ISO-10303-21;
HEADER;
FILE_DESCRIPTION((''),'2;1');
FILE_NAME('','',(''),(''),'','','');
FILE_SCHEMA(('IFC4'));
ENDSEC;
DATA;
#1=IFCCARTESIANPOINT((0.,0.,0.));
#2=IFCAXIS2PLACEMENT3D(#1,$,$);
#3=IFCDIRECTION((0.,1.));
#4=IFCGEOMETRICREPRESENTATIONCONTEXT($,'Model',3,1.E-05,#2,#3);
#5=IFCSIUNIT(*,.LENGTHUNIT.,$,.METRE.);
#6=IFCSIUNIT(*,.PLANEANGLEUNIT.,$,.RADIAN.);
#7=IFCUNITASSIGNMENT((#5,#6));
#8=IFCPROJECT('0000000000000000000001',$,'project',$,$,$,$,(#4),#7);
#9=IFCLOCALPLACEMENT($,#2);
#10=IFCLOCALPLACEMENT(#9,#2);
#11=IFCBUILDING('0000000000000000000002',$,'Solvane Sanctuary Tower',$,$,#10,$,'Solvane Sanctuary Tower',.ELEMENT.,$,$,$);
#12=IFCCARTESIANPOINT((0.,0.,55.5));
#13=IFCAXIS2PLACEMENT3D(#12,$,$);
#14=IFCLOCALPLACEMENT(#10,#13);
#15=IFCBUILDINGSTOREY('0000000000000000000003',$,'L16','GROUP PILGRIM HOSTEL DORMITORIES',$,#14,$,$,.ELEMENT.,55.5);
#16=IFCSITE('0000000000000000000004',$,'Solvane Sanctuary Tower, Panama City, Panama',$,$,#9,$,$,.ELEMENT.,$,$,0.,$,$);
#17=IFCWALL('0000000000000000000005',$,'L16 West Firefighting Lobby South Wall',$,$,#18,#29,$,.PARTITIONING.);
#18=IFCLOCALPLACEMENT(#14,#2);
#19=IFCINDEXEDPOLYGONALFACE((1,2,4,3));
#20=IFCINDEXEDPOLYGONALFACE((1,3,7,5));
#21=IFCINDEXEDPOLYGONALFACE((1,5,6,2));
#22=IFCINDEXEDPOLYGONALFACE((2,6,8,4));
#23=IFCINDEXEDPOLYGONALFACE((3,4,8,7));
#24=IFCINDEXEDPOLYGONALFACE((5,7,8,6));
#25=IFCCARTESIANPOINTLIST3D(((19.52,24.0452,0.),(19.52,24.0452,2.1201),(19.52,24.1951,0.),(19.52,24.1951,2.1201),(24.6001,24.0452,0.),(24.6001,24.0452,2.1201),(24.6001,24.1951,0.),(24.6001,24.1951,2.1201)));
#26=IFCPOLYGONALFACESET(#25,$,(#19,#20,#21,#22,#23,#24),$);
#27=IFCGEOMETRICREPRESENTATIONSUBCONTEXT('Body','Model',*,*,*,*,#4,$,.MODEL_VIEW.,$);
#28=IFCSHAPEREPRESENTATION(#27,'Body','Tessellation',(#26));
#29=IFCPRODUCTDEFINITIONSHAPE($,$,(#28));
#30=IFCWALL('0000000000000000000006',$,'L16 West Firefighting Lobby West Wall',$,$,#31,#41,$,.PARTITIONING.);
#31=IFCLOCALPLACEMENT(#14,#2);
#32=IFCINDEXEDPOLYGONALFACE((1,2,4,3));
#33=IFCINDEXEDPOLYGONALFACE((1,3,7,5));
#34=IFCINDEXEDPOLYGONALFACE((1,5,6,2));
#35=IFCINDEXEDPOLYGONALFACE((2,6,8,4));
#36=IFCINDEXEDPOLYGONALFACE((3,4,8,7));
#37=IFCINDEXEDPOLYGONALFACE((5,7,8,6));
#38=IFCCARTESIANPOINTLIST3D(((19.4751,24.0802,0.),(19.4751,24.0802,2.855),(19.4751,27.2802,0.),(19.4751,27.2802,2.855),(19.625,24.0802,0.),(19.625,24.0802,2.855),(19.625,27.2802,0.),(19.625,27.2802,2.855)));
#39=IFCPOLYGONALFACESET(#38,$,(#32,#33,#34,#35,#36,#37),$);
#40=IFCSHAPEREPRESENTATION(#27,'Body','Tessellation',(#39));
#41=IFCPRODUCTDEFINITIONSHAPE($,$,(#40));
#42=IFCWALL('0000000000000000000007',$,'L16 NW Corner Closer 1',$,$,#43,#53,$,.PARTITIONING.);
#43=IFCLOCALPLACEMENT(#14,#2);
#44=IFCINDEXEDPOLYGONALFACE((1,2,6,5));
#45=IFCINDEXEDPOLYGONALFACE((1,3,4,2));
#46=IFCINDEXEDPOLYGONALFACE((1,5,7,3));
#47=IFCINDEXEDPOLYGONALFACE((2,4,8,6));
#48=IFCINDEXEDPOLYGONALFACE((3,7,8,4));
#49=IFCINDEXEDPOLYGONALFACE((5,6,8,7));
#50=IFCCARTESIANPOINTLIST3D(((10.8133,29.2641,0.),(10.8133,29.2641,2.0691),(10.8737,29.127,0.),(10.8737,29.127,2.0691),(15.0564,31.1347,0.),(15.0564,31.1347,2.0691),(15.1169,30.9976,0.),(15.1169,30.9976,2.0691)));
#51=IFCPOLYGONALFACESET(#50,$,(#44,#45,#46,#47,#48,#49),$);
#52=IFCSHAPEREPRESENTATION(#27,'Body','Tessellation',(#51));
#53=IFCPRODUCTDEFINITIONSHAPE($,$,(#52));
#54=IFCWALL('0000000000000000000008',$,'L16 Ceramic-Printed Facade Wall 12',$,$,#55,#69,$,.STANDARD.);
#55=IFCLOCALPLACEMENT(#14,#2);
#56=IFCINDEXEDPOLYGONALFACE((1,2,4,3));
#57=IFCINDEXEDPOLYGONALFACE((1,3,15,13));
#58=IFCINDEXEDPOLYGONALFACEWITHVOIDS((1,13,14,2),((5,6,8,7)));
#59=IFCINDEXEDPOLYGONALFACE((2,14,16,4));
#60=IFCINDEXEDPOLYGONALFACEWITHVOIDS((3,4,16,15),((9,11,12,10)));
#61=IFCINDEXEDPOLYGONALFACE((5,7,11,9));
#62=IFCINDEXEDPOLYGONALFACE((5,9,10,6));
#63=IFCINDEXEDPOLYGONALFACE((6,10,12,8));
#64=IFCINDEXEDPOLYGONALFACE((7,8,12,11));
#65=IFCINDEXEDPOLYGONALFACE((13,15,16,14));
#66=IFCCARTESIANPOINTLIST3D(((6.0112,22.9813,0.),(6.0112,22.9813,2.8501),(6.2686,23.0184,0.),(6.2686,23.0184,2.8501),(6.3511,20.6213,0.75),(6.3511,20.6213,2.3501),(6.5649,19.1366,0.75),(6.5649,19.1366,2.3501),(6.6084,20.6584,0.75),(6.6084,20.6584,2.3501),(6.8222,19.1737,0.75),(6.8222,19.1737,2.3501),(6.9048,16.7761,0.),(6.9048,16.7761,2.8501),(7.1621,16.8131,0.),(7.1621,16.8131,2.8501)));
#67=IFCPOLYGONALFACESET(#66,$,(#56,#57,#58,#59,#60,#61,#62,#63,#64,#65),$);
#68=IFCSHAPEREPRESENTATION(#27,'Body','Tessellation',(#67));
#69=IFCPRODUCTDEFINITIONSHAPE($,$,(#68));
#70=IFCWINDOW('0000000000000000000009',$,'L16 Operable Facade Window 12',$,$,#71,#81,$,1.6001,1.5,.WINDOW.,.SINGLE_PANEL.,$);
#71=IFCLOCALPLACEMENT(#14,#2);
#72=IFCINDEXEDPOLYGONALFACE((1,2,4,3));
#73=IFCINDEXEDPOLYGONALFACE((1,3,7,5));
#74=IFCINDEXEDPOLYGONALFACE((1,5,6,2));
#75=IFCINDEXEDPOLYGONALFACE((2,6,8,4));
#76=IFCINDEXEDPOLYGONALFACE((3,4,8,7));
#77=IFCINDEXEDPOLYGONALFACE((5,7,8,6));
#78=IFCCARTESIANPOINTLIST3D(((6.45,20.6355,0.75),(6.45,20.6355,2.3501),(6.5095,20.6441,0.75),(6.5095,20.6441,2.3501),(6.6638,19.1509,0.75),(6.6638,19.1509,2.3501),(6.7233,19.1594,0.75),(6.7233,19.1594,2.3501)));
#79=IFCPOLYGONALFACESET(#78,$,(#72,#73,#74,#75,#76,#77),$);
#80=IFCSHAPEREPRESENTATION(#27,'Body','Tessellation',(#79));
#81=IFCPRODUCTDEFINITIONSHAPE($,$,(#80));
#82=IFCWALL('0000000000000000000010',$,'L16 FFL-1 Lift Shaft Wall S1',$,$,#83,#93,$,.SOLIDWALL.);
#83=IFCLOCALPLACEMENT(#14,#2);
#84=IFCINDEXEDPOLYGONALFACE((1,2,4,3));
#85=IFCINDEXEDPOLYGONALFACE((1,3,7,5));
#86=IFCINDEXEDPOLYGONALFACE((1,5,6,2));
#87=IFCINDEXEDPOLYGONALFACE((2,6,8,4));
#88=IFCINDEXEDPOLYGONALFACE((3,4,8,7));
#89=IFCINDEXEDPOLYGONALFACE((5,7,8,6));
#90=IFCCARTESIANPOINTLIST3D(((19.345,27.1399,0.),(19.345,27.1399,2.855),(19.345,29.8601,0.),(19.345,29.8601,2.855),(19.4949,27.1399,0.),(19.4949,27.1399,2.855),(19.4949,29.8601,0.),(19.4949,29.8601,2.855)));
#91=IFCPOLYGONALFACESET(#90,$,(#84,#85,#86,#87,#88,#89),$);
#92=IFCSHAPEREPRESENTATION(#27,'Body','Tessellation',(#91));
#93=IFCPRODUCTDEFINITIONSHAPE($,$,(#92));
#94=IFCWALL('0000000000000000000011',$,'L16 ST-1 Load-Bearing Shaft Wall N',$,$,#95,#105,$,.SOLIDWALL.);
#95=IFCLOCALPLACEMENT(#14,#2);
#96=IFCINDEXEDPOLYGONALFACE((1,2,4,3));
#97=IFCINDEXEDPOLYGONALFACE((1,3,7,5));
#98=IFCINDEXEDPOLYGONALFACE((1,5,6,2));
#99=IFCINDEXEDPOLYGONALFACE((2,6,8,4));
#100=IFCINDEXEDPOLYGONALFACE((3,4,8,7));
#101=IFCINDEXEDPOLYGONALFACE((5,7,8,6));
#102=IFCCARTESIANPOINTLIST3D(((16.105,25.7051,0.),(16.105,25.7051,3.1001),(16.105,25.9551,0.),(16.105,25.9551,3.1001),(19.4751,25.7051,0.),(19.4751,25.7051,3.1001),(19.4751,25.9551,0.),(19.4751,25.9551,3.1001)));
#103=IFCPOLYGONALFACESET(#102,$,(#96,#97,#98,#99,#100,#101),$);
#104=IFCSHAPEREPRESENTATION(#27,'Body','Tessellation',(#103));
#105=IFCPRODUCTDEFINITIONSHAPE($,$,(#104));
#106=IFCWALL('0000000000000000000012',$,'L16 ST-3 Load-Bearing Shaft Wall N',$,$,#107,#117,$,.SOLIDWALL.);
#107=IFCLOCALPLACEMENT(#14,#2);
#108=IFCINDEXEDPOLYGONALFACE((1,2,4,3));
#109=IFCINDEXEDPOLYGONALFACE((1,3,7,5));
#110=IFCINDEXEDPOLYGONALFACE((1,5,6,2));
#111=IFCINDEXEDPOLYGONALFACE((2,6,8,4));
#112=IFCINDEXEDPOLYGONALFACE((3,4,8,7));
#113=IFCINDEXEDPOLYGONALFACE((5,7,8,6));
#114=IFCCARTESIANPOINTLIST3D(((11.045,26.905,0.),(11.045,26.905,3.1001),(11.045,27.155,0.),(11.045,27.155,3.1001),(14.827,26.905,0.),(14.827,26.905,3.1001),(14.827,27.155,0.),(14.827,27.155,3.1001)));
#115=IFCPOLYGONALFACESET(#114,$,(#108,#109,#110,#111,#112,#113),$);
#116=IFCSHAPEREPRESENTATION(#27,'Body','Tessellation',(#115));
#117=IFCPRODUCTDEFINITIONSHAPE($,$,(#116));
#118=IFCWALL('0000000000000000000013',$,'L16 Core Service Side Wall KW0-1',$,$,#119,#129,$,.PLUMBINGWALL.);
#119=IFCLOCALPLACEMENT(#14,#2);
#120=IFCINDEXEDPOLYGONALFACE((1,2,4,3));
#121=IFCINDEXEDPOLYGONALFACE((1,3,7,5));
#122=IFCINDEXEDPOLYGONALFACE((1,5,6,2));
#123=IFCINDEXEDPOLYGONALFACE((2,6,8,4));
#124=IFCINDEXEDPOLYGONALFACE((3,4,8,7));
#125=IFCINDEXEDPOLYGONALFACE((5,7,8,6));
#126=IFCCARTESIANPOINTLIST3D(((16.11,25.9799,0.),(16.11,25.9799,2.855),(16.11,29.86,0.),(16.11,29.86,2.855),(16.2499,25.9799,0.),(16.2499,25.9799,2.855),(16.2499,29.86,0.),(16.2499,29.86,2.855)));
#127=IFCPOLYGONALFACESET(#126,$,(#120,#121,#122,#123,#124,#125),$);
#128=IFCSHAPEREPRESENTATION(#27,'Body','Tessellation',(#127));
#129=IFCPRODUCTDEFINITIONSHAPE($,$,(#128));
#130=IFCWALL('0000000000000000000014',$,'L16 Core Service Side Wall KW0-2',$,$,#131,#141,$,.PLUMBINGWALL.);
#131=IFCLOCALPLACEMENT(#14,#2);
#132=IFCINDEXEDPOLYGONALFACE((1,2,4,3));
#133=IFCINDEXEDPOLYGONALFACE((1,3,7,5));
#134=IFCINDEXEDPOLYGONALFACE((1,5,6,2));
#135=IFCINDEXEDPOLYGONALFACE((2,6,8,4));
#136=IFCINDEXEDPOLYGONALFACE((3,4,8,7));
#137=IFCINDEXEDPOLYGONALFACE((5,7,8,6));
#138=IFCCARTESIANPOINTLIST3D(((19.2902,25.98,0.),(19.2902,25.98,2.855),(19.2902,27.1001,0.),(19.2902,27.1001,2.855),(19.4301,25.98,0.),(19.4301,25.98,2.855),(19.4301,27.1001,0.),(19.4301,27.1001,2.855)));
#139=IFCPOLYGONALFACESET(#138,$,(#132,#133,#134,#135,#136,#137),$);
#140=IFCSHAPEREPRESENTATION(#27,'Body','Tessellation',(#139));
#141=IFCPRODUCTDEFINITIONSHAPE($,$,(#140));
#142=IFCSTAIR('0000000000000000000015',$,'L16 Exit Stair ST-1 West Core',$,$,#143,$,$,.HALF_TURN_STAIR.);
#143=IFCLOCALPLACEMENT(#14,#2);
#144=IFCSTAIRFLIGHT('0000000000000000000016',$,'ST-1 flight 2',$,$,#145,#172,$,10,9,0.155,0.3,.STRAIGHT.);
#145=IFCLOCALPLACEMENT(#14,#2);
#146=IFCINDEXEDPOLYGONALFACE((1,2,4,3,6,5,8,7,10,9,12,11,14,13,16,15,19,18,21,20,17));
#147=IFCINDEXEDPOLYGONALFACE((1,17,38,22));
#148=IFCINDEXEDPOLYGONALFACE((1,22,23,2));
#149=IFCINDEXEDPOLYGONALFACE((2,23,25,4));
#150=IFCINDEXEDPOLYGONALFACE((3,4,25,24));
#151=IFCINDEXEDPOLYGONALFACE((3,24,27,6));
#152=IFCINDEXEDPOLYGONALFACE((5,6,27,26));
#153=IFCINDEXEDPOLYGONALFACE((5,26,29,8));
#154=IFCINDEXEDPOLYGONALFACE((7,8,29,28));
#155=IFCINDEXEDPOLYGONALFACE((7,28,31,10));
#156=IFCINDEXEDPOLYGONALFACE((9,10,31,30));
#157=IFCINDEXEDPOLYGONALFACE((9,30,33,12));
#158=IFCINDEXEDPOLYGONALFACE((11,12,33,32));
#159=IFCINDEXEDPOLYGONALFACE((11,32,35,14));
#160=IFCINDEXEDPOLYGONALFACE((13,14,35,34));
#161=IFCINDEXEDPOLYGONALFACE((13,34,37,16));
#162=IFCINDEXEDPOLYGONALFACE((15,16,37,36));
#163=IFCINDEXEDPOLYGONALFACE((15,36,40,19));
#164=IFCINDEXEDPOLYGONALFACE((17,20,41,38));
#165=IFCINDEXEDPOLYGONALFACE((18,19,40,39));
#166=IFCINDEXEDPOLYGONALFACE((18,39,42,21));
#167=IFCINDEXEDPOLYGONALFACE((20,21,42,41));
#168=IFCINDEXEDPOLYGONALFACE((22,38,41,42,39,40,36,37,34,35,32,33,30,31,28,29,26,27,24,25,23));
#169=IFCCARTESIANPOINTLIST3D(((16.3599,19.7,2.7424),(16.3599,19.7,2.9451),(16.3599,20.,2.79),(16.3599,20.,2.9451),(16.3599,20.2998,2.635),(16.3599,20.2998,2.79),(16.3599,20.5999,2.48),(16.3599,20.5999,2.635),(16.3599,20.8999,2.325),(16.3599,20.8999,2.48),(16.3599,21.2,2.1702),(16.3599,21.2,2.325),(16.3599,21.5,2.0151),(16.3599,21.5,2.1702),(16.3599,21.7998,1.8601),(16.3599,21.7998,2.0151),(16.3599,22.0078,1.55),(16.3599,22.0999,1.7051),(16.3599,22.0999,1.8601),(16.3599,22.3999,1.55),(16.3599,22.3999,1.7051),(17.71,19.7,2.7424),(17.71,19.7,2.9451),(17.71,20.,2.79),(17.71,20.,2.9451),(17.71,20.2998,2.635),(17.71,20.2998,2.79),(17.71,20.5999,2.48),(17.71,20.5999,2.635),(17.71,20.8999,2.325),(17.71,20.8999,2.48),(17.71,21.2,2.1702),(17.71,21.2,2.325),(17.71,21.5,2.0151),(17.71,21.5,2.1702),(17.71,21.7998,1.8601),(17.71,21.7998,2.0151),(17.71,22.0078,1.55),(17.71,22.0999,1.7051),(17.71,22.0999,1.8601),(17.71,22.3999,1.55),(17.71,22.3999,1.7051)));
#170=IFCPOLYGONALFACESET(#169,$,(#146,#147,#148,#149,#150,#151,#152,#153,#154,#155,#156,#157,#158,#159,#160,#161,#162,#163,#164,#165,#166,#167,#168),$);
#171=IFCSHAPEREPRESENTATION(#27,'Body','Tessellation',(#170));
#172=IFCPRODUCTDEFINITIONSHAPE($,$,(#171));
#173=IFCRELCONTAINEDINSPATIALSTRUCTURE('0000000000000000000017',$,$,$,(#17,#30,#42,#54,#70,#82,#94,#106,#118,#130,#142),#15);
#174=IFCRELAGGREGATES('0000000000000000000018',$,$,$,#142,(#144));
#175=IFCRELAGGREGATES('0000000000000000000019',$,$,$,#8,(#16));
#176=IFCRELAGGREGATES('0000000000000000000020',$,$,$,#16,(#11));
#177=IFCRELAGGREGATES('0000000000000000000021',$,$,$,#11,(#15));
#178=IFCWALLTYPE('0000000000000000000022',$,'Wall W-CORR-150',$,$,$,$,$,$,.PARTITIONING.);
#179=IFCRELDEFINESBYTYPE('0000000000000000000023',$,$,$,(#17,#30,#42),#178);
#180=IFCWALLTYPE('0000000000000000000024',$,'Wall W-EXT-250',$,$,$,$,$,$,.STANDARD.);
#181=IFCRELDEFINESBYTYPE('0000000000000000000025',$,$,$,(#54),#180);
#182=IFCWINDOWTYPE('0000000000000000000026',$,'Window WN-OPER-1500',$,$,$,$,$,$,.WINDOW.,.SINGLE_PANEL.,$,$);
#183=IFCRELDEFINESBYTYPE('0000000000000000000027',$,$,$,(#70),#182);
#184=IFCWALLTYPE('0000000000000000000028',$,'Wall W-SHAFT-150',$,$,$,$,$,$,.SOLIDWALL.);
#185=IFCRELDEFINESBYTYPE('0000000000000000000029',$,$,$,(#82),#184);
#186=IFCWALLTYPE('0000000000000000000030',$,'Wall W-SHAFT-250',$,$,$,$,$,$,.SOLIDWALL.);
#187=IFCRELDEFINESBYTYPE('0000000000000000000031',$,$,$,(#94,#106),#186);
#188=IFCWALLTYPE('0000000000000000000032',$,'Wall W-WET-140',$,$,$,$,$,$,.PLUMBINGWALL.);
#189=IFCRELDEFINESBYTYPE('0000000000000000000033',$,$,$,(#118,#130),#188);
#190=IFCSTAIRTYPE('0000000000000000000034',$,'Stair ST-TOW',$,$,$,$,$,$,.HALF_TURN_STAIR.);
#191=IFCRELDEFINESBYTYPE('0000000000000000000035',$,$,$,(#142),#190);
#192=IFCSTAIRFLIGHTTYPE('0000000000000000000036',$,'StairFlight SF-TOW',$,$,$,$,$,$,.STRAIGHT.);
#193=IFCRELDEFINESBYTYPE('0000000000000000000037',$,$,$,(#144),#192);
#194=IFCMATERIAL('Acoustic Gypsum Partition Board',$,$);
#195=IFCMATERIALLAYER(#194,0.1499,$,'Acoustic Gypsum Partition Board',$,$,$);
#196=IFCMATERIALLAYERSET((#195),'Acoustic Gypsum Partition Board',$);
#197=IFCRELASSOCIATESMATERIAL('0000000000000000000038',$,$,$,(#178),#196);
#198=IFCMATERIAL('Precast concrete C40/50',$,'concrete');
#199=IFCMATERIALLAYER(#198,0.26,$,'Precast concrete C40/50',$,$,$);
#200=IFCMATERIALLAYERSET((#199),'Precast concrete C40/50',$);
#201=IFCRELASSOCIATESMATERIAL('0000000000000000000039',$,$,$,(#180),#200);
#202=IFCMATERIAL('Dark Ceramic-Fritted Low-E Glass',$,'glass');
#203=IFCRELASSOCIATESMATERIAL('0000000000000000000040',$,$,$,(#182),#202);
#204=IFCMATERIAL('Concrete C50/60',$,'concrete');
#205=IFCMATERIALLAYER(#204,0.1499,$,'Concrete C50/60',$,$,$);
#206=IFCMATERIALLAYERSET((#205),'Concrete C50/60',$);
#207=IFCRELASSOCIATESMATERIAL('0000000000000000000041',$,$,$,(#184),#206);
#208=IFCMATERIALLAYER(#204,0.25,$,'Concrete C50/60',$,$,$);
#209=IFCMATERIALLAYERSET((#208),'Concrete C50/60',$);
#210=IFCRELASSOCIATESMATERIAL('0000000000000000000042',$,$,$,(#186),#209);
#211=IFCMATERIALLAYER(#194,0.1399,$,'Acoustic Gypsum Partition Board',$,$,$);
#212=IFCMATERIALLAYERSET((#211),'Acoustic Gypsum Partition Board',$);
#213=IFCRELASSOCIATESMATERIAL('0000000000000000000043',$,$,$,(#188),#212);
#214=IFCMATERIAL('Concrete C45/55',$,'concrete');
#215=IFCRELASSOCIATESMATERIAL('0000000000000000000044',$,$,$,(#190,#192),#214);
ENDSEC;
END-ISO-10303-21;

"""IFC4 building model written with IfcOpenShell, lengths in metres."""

from ifc_helpers import new_model, si_unit, direction, frame, frame_2d, origin, place, context, subcontext, project, spatial, polyline, rectangle, outline, extrude, material, layer, layer_set, type_object, element, fill, aggregate, save


model = new_model("IFC4")

# Units and contexts
model_context = context("Model", 3, precision=1e-05, world=origin(), true_north=direction((0.0, 1.0)))
body_context = subcontext(model_context, "Body", "Model", "MODEL_VIEW")
ifc_project = project(units=[si_unit("LENGTHUNIT", "METRE"), si_unit("PLANEANGLEUNIT", "RADIAN")], contexts=[model_context])

# Site, building, storey
site_placement = place(None, origin())
site = spatial("IfcSite", under=ifc_project, at=site_placement, Name="Solvane Sanctuary Tower, Panama City, Panama", CompositionType="ELEMENT", RefElevation=0.0)
building_placement = place(site_placement, origin())
building = spatial("IfcBuilding", under=site, at=building_placement, Name="Solvane Sanctuary Tower", LongName="Solvane Sanctuary Tower", CompositionType="ELEMENT")
storey_placement = place(building_placement, frame((0.0, 0.0, 55.5)))
storey = spatial("IfcBuildingStorey", under=building, at=storey_placement, Name="L16", Description="GROUP PILGRIM HOSTEL DORMITORIES", CompositionType="ELEMENT", Elevation=55.5)

# Walls
ifc_material_1 = material(Name="Acoustic Gypsum Partition Board")
ifc_layer_1 = layer(ifc_material_1, 0.1499, Name="Acoustic Gypsum Partition Board")
ifc_layer_set_1 = layer_set([ifc_layer_1], Name="Acoustic Gypsum Partition Board")
wall_type_1 = type_object("IfcWallType", Name="Wall W-CORR-150", PredefinedType="PARTITIONING", material=ifc_layer_set_1)
wall_1_placement = place(storey_placement, frame((19.52, 24.1201, 0.0), z_axis=(0.0, 0.0, 1.0), x_axis=(1.0, 0.0, 0.0)))
element("IfcWall", 1, at=wall_1_placement, inside=storey, type_object=wall_type_1, Name="L16 West Firefighting Lobby South Wall", PredefinedType="PARTITIONING", context=body_context, shape_type="SweptSolid", body=[
    extrude(rectangle(XDim=5.0801, YDim=0.1499, at=frame_2d((2.54, 0.0))), origin(), (0.0, 0.0, 1.0), 2.1201),
])
wall_2_placement = place(storey_placement, frame((19.55, 24.0801, 0.0), z_axis=(0.0, 0.0, 1.0), x_axis=(0.0, 1.0, 0.0)))
element("IfcWall", 2, at=wall_2_placement, inside=storey, type_object=wall_type_1, Name="L16 West Firefighting Lobby West Wall", PredefinedType="PARTITIONING", context=body_context, shape_type="SweptSolid", body=[
    extrude(rectangle(XDim=3.2, YDim=0.1499, at=frame_2d((1.6001, 0.0))), origin(), (0.0, 0.0, 1.0), 2.855),
])
wall_3_placement = place(storey_placement, frame((10.8435, 29.1956, 0.0), z_axis=(0.0, 0.0, 1.0), x_axis=(0.915028, 0.403391, 0.0)))
element("IfcWall", 3, at=wall_3_placement, inside=storey, type_object=wall_type_1, Name="L16 NW Corner Closer 1", PredefinedType="PARTITIONING", context=body_context, shape_type="SweptSolid", body=[
    extrude(rectangle(XDim=4.6372, YDim=0.1499, at=frame_2d((2.3186, 0.0))), origin(), (0.0, 0.0, 1.0), 2.0691),
])

# Wall, opening, window
ifc_material_2 = material(Name="Precast concrete C40/50", Category="concrete")
ifc_layer_2 = layer(ifc_material_2, 0.26, Name="Precast concrete C40/50")
ifc_layer_set_2 = layer_set([ifc_layer_2], Name="Precast concrete C40/50")
wall_type_2 = type_object("IfcWallType", Name="Wall W-EXT-250", PredefinedType="STANDARD", material=ifc_layer_set_2)
wall_4_placement = place(storey_placement, frame((6.1399, 23.0, 0.0), z_axis=(0.0, 0.0, 1.0), x_axis=(0.142528, -0.989791, 0.0)))
wall_4 = element("IfcWall", 4, at=wall_4_placement, inside=storey, type_object=wall_type_2, Name="L16 Ceramic-Printed Facade Wall 12", PredefinedType="STANDARD", context=body_context, shape_type="SweptSolid", body=[
    extrude(rectangle(XDim=6.2693, YDim=0.26, at=frame_2d((3.1348, 0.0))), origin(), (0.0, 0.0, 1.0), 2.8501),
])
opening_placement = place(wall_4_placement, frame((2.3845, 0.0, 0.75)))
opening = element("IfcOpeningElement", 5, at=opening_placement, cuts=wall_4, PredefinedType="OPENING", context=body_context, shape_type="SweptSolid", body=[
    extrude(rectangle(XDim=1.5, YDim=1.6001, at=frame_2d((0.75, 0.8))), frame((0.0, 0.1399, 0.0), z_axis=(0.0, -1.0, 0.0), x_axis=(1.0, 0.0, 0.0)), (0.0, 0.0, 1.0), 0.28),
])
ifc_material_3 = material(Name="Dark Ceramic-Fritted Low-E Glass", Category="glass")
window_type = type_object("IfcWindowType", Name="Window WN-OPER-1500", PartitioningType="SINGLE_PANEL", PredefinedType="WINDOW", material=ifc_material_3)
window_placement = place(opening_placement, origin())
window = element("IfcWindow", 6, at=window_placement, inside=storey, type_object=window_type, Name="L16 Operable Facade Window 12", OverallHeight=1.6001, OverallWidth=1.5, PartitioningType="SINGLE_PANEL", PredefinedType="WINDOW", context=body_context, shape_type="SweptSolid", body=[
    extrude(rectangle(XDim=1.5, YDim=1.6001, at=frame_2d((0.75, 0.8))), frame((0.0, 0.03, 0.0), z_axis=(0.0, -1.0, 0.0), x_axis=(1.0, 0.0, 0.0)), (0.0, 0.0, 1.0), 0.0601),
])
fill(opening, window)

# Walls
ifc_material_4 = material(Name="Concrete C50/60", Category="concrete")
ifc_layer_3 = layer(ifc_material_4, 0.1499, Name="Concrete C50/60")
ifc_layer_set_3 = layer_set([ifc_layer_3], Name="Concrete C50/60")
wall_type_3 = type_object("IfcWallType", Name="Wall W-SHAFT-150", PredefinedType="SOLIDWALL", material=ifc_layer_set_3)
wall_5_placement = place(storey_placement, frame((19.4199, 27.1399, 0.0), z_axis=(0.0, 0.0, 1.0), x_axis=(0.0, 1.0, 0.0)))
element("IfcWall", 7, at=wall_5_placement, inside=storey, type_object=wall_type_3, Name="L16 FFL-1 Lift Shaft Wall S1", PredefinedType="SOLIDWALL", context=body_context, shape_type="SweptSolid", body=[
    extrude(rectangle(XDim=2.7202, YDim=0.1499, at=frame_2d((1.3601, 0.0))), origin(), (0.0, 0.0, 1.0), 2.855),
])
ifc_layer_4 = layer(ifc_material_4, 0.25, Name="Concrete C50/60")
ifc_layer_set_4 = layer_set([ifc_layer_4], Name="Concrete C50/60")
wall_type_4 = type_object("IfcWallType", Name="Wall W-SHAFT-250", PredefinedType="SOLIDWALL", material=ifc_layer_set_4)
wall_6_placement = place(storey_placement, frame((16.105, 25.8301, 0.0), z_axis=(0.0, 0.0, 1.0), x_axis=(1.0, 0.0, 0.0)))
element("IfcWall", 8, at=wall_6_placement, inside=storey, type_object=wall_type_4, Name="L16 ST-1 Load-Bearing Shaft Wall N", PredefinedType="SOLIDWALL", context=body_context, shape_type="SweptSolid", body=[
    extrude(rectangle(XDim=3.3701, YDim=0.25, at=frame_2d((1.6851, 0.0))), origin(), (0.0, 0.0, 1.0), 3.1001),
])
wall_7_placement = place(storey_placement, frame((11.0449, 27.03, 0.0), z_axis=(0.0, 0.0, 1.0), x_axis=(1.0, 0.0, 0.0)))
element("IfcWall", 9, at=wall_7_placement, inside=storey, type_object=wall_type_4, Name="L16 ST-3 Load-Bearing Shaft Wall N", PredefinedType="SOLIDWALL", context=body_context, shape_type="SweptSolid", body=[
    extrude(rectangle(XDim=3.782, YDim=0.25, at=frame_2d((1.8911, 0.0))), origin(), (0.0, 0.0, 1.0), 3.1001),
])
ifc_layer_5 = layer(ifc_material_1, 0.1399, Name="Acoustic Gypsum Partition Board")
ifc_layer_set_5 = layer_set([ifc_layer_5], Name="Acoustic Gypsum Partition Board")
wall_type_5 = type_object("IfcWallType", Name="Wall W-WET-140", PredefinedType="PLUMBINGWALL", material=ifc_layer_set_5)
wall_8_placement = place(storey_placement, frame((16.1799, 25.98, 0.0), z_axis=(0.0, 0.0, 1.0), x_axis=(0.0, 1.0, 0.0)))
element("IfcWall", 10, at=wall_8_placement, inside=storey, type_object=wall_type_5, Name="L16 Core Service Side Wall KW0-1", PredefinedType="PLUMBINGWALL", context=body_context, shape_type="SweptSolid", body=[
    extrude(rectangle(XDim=3.8801, YDim=0.1399, at=frame_2d((1.9399, 0.0))), origin(), (0.0, 0.0, 1.0), 2.855),
])
wall_9_placement = place(storey_placement, frame((19.3601, 25.98, 0.0), z_axis=(0.0, 0.0, 1.0), x_axis=(0.0, 1.0, 0.0)))
element("IfcWall", 11, at=wall_9_placement, inside=storey, type_object=wall_type_5, Name="L16 Core Service Side Wall KW0-2", PredefinedType="PLUMBINGWALL", context=body_context, shape_type="SweptSolid", body=[
    extrude(rectangle(XDim=1.1201, YDim=0.1399, at=frame_2d((0.5601, 0.0))), origin(), (0.0, 0.0, 1.0), 2.855),
])

# Stair, stair flight
ifc_material_5 = material(Name="Concrete C45/55", Category="concrete")
stair_type = type_object("IfcStairType", Name="Stair ST-TOW", PredefinedType="HALF_TURN_STAIR", material=ifc_material_5)
stair_1_placement = place(storey_placement, origin())
stair_1 = element("IfcStair", 12, at=stair_1_placement, inside=storey, type_object=stair_type, Name="L16 Exit Stair ST-1 West Core", PredefinedType="HALF_TURN_STAIR")
stair_flight_type = type_object("IfcStairFlightType", Name="StairFlight SF-TOW", PredefinedType="STRAIGHT", material=ifc_material_5)
stair_flight_1_placement = place(storey_placement, frame((17.0349, 22.3999, 1.55), z_axis=(0.0, 0.0, 1.0), x_axis=(0.0, -1.0, 0.0)))
stair_flight_1 = element("IfcStairFlight", 13, at=stair_flight_1_placement, type_object=stair_flight_type, Name="ST-1 flight 2", NumberOfRisers=10, NumberOfTreads=9, PredefinedType="STRAIGHT", RiserHeight=0.155, TreadLength=0.3, context=body_context, shape_type="SweptSolid", body=[
    extrude(outline(polyline([(0.0, 0.0), (0.0, 0.155), (0.3, 0.155), (0.3, 0.3101), (0.6001, 0.3101), (0.6001, 0.4651), (0.8999, 0.4651), (0.8999, 0.6201), (1.2, 0.6201), (1.2, 0.7749), (1.5, 0.7749), (1.5, 0.9299), (1.8, 0.9299), (1.8, 1.085), (2.1001, 1.085), (2.1001, 1.24), (2.3999, 1.24), (2.3999, 1.395), (2.7, 1.395), (2.7, 1.55), (2.7, 1.1924), (0.3921, 0.0), (0.0, 0.0)])), frame((0.0, 0.675, 0.0), z_axis=(0.0, -1.0, 0.0), x_axis=(1.0, 0.0, 0.0)), (0.0, 0.0, 1.0), 1.3501),
])
aggregate(stair_1, [stair_flight_1])

save(model, "model.ifc")
